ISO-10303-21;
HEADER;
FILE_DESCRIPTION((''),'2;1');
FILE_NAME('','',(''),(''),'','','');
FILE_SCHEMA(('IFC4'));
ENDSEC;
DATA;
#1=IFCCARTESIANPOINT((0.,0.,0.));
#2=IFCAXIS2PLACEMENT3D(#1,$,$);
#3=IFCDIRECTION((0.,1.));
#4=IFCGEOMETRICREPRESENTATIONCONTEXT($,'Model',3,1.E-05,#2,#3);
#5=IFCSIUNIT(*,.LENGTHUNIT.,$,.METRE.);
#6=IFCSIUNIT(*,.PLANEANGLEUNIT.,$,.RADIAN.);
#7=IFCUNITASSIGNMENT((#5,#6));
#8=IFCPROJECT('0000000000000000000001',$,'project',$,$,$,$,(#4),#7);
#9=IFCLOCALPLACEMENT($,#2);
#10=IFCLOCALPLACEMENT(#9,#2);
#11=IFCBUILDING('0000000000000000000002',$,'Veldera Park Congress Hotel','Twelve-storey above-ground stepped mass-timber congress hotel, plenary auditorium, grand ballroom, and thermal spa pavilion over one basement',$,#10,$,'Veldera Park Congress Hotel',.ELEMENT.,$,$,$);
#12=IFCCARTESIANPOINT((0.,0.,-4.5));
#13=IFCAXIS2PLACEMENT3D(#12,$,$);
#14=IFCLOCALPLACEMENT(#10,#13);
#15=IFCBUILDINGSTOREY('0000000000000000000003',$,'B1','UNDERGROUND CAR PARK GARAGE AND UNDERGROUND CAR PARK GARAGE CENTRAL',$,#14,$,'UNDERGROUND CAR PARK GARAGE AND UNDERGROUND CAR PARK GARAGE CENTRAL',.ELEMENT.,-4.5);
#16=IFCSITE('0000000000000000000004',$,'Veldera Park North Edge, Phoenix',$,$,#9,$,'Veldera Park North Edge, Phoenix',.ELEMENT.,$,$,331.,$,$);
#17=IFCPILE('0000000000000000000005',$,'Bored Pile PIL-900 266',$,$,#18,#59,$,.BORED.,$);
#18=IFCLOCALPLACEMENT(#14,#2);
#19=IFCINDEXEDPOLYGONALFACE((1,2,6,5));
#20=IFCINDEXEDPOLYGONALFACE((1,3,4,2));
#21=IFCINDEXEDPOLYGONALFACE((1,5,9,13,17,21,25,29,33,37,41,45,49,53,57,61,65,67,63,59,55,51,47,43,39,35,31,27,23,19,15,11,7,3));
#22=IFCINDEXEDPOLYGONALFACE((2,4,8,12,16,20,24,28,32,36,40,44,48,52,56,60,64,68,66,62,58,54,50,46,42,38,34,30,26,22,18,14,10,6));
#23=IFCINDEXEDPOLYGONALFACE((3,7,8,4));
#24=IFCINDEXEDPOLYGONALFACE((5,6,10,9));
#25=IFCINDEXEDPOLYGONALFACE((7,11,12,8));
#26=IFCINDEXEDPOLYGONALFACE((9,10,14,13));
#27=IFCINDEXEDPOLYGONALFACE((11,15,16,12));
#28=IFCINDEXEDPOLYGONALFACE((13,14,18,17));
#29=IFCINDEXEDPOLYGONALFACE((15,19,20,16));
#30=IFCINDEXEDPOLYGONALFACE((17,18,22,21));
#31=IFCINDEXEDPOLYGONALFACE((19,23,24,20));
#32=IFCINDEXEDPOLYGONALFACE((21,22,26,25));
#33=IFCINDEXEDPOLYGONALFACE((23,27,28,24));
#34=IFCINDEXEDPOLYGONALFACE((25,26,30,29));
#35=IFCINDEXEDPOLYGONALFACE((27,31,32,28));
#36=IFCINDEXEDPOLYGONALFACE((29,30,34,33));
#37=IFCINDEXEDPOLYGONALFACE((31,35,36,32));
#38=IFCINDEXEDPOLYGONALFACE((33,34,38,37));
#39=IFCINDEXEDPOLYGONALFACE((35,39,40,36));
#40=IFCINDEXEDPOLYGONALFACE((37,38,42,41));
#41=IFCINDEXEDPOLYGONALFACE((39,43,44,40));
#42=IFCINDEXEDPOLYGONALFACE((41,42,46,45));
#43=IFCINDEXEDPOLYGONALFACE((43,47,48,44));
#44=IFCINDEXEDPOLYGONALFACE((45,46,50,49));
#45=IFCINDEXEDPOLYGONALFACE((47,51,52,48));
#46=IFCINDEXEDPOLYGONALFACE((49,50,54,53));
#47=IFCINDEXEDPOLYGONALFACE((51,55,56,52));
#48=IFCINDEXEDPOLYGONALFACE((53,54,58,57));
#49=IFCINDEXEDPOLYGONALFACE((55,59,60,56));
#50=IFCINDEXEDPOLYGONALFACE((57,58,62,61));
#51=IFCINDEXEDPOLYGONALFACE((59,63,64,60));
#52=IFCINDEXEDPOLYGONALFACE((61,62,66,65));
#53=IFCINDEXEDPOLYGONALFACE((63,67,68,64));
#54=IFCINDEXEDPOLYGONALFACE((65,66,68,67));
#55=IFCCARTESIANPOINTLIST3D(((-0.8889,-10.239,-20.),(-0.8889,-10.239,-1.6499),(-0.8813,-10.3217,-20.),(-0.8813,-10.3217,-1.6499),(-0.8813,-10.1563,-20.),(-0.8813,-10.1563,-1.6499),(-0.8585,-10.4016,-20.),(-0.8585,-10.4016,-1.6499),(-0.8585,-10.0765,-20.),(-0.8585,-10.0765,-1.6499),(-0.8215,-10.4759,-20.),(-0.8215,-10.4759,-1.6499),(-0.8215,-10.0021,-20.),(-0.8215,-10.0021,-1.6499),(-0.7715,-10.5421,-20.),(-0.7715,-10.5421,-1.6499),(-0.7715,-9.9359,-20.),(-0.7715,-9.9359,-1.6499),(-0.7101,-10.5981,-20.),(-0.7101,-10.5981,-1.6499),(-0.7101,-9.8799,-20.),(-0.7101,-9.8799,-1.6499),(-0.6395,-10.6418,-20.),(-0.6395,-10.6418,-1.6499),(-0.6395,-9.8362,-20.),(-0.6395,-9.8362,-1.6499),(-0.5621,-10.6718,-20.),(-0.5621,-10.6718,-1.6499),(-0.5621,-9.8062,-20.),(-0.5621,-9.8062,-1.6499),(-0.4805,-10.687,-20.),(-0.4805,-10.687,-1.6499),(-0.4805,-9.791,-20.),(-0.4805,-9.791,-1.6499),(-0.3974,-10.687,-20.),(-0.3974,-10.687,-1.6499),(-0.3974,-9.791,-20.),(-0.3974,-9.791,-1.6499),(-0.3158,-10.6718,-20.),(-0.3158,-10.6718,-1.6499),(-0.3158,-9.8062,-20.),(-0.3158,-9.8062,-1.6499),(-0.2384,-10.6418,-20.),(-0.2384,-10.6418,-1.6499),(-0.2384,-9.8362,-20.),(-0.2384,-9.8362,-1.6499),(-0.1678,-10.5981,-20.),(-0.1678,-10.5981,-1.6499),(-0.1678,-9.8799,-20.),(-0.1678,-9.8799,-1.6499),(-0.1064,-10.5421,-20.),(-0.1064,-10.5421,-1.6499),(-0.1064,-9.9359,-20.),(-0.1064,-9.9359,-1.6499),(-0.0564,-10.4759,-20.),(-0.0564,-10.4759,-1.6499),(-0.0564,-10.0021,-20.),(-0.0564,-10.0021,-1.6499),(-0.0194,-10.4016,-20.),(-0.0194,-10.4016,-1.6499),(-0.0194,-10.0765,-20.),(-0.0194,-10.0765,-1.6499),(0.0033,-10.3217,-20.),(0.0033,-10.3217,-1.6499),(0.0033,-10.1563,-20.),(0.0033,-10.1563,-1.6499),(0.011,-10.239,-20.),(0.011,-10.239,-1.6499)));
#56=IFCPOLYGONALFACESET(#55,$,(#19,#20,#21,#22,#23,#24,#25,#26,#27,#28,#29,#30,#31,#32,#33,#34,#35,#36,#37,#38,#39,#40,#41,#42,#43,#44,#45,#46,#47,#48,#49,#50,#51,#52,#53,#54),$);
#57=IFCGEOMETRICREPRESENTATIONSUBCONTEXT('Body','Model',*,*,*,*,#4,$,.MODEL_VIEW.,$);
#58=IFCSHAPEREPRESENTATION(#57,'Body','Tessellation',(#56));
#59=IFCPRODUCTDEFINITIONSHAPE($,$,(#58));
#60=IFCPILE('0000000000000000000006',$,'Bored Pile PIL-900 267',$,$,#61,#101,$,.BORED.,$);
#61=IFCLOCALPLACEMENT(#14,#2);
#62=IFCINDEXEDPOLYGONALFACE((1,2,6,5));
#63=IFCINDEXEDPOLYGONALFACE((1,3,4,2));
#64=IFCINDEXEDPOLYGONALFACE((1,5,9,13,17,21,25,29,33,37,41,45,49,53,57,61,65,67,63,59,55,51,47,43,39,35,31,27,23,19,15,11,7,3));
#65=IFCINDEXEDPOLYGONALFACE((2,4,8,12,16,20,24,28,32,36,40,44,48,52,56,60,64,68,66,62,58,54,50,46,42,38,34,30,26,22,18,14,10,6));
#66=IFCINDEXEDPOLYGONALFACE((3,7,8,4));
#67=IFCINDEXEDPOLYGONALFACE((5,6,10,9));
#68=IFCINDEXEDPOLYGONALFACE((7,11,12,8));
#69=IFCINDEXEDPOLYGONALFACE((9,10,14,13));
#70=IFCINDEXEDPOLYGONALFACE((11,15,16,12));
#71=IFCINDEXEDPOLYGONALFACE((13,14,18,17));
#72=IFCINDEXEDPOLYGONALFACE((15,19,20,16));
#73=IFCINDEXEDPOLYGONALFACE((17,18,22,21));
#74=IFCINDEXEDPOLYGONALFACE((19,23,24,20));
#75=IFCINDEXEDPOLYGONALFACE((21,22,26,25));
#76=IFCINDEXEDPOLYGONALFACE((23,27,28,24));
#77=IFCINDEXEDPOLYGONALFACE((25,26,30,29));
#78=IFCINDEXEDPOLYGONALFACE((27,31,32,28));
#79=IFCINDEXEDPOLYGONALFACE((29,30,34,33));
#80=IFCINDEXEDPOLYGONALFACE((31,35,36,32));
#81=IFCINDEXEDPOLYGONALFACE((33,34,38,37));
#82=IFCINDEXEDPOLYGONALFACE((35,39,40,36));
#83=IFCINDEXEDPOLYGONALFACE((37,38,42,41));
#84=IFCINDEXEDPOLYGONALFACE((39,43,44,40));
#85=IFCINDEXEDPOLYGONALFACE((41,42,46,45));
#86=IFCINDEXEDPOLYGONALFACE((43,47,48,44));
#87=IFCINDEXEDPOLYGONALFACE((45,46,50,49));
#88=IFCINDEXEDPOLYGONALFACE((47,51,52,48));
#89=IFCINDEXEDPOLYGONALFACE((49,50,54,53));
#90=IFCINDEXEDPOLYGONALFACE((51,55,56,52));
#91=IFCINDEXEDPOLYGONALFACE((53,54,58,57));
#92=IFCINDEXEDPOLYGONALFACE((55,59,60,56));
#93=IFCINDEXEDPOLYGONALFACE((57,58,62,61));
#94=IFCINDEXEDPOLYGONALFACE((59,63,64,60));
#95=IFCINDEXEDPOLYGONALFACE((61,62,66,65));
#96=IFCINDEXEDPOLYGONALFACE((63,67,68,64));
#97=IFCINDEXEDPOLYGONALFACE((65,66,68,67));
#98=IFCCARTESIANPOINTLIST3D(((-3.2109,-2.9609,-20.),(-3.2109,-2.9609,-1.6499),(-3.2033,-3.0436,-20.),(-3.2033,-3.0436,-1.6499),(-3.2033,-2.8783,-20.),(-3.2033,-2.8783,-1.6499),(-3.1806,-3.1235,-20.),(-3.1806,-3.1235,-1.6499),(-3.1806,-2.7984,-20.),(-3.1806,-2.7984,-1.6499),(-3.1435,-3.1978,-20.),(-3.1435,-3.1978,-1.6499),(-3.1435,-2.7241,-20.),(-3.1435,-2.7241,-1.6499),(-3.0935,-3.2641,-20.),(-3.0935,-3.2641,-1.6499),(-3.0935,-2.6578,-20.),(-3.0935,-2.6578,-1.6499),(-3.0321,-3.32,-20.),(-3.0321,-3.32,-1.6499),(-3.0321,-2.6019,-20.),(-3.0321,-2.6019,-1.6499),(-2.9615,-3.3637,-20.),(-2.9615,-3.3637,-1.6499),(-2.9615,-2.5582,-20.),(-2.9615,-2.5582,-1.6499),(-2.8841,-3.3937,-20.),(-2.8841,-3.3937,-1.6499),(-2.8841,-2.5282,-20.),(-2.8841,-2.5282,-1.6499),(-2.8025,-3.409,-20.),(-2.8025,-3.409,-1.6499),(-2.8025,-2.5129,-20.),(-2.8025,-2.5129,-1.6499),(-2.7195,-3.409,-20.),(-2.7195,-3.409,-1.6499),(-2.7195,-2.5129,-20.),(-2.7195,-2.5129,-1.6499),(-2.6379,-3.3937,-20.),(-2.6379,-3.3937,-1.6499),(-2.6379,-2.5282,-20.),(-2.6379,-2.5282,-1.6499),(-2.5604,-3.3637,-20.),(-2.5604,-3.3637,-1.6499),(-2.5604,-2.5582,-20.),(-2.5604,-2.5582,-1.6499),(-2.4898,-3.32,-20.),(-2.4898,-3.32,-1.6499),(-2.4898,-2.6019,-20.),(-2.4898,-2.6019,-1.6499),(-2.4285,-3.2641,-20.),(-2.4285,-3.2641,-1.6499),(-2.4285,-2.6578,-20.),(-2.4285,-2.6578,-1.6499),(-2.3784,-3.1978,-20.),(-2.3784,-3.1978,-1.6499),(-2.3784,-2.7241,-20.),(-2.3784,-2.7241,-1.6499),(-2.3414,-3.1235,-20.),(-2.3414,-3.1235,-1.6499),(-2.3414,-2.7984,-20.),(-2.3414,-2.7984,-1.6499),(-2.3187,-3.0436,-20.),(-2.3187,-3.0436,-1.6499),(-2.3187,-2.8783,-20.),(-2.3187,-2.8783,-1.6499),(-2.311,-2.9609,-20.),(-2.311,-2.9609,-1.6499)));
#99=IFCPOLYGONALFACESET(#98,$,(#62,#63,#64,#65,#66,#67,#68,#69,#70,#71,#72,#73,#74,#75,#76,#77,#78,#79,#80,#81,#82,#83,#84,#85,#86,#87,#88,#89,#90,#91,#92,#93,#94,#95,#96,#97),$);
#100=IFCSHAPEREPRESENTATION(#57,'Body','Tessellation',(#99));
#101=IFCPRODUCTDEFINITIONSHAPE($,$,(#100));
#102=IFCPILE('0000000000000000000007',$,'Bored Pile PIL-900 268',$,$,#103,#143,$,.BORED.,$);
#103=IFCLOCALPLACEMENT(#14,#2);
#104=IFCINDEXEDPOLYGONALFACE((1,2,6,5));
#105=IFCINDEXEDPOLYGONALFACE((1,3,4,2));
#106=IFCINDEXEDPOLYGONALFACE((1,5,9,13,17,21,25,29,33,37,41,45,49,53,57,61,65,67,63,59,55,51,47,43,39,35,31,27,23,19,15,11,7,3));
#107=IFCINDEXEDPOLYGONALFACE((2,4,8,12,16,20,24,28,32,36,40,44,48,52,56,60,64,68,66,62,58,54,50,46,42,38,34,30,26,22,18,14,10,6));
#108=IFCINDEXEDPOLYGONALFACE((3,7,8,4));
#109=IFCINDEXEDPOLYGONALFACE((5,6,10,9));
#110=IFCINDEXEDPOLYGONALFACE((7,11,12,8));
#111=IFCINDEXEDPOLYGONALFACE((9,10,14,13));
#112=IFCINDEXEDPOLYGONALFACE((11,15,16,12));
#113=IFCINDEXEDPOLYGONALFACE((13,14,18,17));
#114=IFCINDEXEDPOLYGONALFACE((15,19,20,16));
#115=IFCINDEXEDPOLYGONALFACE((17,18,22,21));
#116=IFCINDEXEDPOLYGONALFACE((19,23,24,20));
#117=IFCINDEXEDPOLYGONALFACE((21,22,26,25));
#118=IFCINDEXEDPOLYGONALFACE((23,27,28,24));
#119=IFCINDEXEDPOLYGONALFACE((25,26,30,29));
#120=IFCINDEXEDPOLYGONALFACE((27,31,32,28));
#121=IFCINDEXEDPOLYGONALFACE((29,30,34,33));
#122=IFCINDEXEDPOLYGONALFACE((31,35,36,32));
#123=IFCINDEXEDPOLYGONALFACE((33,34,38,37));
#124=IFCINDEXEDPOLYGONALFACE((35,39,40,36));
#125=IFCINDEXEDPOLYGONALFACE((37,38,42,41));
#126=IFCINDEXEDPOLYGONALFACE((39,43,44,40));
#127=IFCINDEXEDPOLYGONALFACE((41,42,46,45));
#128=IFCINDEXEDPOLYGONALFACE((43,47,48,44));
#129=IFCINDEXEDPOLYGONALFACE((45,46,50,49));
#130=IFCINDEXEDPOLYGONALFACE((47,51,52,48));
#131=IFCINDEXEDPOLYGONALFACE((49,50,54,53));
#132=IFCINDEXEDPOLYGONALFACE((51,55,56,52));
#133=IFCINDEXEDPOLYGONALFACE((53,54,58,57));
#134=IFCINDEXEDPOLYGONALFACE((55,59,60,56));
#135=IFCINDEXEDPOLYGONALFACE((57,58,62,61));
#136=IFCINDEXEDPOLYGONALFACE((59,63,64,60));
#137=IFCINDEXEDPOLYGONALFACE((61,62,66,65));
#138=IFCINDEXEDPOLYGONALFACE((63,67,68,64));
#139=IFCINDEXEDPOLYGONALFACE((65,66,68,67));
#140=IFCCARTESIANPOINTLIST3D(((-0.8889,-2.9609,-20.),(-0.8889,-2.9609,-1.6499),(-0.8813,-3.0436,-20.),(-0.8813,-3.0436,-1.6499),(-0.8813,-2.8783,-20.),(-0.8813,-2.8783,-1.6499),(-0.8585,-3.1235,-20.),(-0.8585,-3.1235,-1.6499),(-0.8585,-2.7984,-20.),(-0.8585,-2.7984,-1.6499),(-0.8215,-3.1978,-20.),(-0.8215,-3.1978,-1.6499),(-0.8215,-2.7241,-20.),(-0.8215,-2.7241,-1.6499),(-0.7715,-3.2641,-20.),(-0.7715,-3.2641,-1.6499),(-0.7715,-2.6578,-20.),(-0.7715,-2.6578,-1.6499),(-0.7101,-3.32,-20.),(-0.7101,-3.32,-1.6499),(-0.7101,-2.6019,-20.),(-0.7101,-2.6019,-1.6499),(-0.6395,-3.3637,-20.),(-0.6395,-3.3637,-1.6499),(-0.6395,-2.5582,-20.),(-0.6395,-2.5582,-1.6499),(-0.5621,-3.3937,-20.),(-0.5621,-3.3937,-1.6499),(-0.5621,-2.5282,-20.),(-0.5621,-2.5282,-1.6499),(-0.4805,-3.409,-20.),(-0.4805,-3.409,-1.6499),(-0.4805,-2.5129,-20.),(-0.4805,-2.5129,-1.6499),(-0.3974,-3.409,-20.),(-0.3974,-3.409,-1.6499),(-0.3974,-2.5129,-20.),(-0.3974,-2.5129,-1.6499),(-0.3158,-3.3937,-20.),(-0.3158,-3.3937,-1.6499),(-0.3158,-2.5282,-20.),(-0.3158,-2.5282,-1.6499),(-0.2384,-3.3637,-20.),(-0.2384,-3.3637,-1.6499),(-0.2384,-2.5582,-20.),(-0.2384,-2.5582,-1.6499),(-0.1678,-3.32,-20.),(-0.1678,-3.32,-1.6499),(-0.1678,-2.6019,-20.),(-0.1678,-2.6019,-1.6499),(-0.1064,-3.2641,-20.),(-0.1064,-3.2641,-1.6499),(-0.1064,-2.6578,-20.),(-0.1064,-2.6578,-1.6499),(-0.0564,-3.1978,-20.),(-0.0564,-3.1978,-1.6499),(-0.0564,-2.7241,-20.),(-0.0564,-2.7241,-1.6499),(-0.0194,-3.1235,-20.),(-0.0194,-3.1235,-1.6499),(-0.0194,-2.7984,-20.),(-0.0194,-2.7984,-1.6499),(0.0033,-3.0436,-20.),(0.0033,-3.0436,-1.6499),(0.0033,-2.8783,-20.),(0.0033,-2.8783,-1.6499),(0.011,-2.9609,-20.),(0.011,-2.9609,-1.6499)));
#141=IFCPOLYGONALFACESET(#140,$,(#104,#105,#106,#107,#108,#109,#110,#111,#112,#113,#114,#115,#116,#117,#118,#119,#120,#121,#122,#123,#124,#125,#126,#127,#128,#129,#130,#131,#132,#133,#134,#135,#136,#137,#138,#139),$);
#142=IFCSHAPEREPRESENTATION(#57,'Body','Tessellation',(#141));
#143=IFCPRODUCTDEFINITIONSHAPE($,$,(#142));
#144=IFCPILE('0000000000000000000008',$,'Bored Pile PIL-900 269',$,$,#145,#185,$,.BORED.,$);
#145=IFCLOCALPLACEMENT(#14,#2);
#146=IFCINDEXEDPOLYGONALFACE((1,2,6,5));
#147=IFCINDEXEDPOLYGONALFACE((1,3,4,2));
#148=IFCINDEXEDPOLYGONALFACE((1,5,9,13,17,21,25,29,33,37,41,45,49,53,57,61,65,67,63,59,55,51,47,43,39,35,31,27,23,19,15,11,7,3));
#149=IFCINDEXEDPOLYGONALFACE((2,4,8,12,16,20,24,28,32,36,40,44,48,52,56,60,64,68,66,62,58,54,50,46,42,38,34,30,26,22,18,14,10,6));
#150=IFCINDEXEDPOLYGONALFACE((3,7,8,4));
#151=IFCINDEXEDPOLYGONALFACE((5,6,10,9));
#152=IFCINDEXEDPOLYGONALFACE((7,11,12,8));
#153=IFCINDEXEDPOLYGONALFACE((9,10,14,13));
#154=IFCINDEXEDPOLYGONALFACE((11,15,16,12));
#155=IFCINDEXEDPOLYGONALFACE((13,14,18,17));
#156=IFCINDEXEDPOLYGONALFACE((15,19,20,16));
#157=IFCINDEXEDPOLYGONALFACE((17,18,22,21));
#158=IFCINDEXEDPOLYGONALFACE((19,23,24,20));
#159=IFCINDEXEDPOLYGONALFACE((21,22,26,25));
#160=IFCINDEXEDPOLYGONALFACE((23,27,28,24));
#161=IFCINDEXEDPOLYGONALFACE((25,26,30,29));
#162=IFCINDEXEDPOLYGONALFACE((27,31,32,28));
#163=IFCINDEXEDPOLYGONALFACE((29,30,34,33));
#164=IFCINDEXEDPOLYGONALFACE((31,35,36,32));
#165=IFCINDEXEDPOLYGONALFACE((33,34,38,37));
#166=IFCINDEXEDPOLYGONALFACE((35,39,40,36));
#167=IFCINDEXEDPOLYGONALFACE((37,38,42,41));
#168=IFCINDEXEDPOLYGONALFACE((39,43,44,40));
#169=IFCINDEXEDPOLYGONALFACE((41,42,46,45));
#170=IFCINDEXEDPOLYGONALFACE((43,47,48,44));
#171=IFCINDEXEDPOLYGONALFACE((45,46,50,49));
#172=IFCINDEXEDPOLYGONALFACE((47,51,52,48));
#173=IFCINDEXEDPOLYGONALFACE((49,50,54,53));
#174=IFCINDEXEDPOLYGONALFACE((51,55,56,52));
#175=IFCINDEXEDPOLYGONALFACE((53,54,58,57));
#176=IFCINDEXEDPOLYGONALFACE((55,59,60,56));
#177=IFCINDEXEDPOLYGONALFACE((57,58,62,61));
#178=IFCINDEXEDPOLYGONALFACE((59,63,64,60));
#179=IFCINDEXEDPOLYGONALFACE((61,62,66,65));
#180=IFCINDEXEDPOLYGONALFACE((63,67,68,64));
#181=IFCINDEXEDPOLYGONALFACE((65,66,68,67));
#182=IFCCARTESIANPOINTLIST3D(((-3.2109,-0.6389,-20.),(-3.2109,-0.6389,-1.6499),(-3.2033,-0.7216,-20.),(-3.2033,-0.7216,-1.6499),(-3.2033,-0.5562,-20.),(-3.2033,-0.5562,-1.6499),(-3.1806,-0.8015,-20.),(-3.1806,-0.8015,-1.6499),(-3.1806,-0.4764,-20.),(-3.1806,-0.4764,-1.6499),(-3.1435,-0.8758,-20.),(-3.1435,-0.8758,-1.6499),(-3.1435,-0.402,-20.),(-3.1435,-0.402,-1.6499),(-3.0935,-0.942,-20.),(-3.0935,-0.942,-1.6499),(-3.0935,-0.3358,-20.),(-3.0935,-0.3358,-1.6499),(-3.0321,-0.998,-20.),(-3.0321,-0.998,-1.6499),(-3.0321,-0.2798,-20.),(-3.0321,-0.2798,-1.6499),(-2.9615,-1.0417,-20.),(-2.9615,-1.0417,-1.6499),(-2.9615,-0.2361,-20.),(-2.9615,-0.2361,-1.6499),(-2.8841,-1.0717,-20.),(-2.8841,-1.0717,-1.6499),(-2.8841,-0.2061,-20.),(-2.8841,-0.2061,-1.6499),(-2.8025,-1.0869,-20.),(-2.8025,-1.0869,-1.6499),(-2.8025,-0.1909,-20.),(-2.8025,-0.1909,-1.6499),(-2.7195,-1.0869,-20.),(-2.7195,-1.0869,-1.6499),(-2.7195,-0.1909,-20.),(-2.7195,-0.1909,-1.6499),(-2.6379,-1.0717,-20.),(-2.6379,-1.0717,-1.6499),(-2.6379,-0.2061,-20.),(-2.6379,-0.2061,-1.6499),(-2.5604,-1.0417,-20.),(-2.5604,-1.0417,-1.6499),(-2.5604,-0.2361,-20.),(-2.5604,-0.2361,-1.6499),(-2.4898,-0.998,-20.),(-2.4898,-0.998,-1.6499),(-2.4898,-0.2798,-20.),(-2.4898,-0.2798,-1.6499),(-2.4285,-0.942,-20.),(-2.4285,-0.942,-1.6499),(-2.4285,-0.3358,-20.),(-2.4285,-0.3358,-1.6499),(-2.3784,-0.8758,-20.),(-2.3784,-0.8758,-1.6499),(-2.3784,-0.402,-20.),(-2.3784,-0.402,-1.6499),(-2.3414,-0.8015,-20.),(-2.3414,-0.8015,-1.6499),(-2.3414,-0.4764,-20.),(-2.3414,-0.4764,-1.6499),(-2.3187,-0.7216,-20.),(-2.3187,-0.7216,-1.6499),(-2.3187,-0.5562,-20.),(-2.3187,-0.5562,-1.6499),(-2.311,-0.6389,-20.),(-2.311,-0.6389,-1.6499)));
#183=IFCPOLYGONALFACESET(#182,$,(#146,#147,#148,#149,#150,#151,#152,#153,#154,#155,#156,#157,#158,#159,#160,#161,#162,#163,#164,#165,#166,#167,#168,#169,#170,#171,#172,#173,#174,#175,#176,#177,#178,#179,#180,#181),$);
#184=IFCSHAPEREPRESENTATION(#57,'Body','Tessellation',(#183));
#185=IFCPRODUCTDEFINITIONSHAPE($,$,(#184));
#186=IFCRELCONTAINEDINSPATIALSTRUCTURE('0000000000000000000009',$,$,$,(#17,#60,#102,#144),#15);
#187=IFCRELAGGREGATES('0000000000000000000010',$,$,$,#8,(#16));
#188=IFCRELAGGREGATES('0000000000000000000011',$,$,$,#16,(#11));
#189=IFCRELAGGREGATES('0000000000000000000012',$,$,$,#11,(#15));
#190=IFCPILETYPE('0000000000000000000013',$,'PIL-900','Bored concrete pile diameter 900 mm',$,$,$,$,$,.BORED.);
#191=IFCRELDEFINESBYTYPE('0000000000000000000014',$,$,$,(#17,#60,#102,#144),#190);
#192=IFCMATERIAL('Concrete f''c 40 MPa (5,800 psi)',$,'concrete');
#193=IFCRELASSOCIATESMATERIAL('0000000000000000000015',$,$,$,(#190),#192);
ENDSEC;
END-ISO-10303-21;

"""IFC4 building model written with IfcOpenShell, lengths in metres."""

from ifc_helpers import new_model, si_unit, direction, frame, origin, origin_2d, place, context, subcontext, project, spatial, circle, extrude, material, material_profile, profile_set, type_object, element, save


model = new_model("IFC4")

# Units and contexts
model_context = context("Model", 3, precision=1e-05, world=origin(), true_north=direction((0.0, 1.0)))
body_context = subcontext(model_context, "Body", "Model", "MODEL_VIEW")
ifc_project = project(units=[si_unit("LENGTHUNIT", "METRE"), si_unit("PLANEANGLEUNIT", "RADIAN")], contexts=[model_context])

# Site, building, storey
site_placement = place(None, origin())
site = spatial("IfcSite", under=ifc_project, at=site_placement, Name="Veldera Park North Edge, Phoenix", LongName="Veldera Park North Edge, Phoenix", CompositionType="ELEMENT", RefElevation=331.0)
building_placement = place(site_placement, origin())
building = spatial("IfcBuilding", under=site, at=building_placement, Name="Veldera Park Congress Hotel", Description="Twelve-storey above-ground stepped mass-timber congress hotel, plenary auditorium, grand ballroom, and thermal spa pavilion over one basement", LongName="Veldera Park Congress Hotel", CompositionType="ELEMENT")
storey_placement = place(building_placement, frame((0.0, 0.0, -4.5)))
storey = spatial("IfcBuildingStorey", under=building, at=storey_placement, Name="B1", Description="UNDERGROUND CAR PARK GARAGE AND UNDERGROUND CAR PARK GARAGE CENTRAL", LongName="UNDERGROUND CAR PARK GARAGE AND UNDERGROUND CAR PARK GARAGE CENTRAL", CompositionType="ELEMENT", Elevation=-4.5)

# Shared definitions
ifc_material_1 = material(Name="Concrete f'c 40 MPa (5,800 psi)", Category="concrete")

# Piles
ifc_material_profile_1 = material_profile(ifc_material_1, circle(Radius=0.45, at=origin_2d()), Name="PILE D900")
ifc_profile_set_1 = profile_set([ifc_material_profile_1], Name="Concrete f'c 40 MPa (5,800 psi)")
pile_type_1 = type_object("IfcPileType", Name="PIL-900", Description="Bored concrete pile diameter 900 mm", PredefinedType="BORED", material=ifc_profile_set_1)
for number, where, z_axis, x_axis, name in (
    (1, (-0.439, -10.239, -1.6499), (0.0, 0.0, -1.0), (1.0, 0.0, 0.0), "Bored Pile PIL-900 266"),
    (2, (-2.761, -2.9609, -1.6499), (0.0, 0.0, -1.0), (1.0, 0.0, 0.0), "Bored Pile PIL-900 267"),
    (3, (-0.439, -2.9609, -1.6499), (0.0, 0.0, -1.0), (1.0, 0.0, 0.0), "Bored Pile PIL-900 268"),
    (4, (-2.761, -0.6389, -1.6499), (0.0, 0.0, -1.0), (1.0, 0.0, 0.0), "Bored Pile PIL-900 269"),
):
    element("IfcPile", number, at=place(storey_placement, frame(where, z_axis=z_axis, x_axis=x_axis)), inside=storey, type_object=pile_type_1, Name=name, PredefinedType="BORED", context=body_context, shape_type="SweptSolid", body=[
        extrude(circle(Radius=0.45, at=origin_2d()), origin(), (0.0, 0.0, 1.0), 18.3501),
    ])

save(model, "model.ifc")
